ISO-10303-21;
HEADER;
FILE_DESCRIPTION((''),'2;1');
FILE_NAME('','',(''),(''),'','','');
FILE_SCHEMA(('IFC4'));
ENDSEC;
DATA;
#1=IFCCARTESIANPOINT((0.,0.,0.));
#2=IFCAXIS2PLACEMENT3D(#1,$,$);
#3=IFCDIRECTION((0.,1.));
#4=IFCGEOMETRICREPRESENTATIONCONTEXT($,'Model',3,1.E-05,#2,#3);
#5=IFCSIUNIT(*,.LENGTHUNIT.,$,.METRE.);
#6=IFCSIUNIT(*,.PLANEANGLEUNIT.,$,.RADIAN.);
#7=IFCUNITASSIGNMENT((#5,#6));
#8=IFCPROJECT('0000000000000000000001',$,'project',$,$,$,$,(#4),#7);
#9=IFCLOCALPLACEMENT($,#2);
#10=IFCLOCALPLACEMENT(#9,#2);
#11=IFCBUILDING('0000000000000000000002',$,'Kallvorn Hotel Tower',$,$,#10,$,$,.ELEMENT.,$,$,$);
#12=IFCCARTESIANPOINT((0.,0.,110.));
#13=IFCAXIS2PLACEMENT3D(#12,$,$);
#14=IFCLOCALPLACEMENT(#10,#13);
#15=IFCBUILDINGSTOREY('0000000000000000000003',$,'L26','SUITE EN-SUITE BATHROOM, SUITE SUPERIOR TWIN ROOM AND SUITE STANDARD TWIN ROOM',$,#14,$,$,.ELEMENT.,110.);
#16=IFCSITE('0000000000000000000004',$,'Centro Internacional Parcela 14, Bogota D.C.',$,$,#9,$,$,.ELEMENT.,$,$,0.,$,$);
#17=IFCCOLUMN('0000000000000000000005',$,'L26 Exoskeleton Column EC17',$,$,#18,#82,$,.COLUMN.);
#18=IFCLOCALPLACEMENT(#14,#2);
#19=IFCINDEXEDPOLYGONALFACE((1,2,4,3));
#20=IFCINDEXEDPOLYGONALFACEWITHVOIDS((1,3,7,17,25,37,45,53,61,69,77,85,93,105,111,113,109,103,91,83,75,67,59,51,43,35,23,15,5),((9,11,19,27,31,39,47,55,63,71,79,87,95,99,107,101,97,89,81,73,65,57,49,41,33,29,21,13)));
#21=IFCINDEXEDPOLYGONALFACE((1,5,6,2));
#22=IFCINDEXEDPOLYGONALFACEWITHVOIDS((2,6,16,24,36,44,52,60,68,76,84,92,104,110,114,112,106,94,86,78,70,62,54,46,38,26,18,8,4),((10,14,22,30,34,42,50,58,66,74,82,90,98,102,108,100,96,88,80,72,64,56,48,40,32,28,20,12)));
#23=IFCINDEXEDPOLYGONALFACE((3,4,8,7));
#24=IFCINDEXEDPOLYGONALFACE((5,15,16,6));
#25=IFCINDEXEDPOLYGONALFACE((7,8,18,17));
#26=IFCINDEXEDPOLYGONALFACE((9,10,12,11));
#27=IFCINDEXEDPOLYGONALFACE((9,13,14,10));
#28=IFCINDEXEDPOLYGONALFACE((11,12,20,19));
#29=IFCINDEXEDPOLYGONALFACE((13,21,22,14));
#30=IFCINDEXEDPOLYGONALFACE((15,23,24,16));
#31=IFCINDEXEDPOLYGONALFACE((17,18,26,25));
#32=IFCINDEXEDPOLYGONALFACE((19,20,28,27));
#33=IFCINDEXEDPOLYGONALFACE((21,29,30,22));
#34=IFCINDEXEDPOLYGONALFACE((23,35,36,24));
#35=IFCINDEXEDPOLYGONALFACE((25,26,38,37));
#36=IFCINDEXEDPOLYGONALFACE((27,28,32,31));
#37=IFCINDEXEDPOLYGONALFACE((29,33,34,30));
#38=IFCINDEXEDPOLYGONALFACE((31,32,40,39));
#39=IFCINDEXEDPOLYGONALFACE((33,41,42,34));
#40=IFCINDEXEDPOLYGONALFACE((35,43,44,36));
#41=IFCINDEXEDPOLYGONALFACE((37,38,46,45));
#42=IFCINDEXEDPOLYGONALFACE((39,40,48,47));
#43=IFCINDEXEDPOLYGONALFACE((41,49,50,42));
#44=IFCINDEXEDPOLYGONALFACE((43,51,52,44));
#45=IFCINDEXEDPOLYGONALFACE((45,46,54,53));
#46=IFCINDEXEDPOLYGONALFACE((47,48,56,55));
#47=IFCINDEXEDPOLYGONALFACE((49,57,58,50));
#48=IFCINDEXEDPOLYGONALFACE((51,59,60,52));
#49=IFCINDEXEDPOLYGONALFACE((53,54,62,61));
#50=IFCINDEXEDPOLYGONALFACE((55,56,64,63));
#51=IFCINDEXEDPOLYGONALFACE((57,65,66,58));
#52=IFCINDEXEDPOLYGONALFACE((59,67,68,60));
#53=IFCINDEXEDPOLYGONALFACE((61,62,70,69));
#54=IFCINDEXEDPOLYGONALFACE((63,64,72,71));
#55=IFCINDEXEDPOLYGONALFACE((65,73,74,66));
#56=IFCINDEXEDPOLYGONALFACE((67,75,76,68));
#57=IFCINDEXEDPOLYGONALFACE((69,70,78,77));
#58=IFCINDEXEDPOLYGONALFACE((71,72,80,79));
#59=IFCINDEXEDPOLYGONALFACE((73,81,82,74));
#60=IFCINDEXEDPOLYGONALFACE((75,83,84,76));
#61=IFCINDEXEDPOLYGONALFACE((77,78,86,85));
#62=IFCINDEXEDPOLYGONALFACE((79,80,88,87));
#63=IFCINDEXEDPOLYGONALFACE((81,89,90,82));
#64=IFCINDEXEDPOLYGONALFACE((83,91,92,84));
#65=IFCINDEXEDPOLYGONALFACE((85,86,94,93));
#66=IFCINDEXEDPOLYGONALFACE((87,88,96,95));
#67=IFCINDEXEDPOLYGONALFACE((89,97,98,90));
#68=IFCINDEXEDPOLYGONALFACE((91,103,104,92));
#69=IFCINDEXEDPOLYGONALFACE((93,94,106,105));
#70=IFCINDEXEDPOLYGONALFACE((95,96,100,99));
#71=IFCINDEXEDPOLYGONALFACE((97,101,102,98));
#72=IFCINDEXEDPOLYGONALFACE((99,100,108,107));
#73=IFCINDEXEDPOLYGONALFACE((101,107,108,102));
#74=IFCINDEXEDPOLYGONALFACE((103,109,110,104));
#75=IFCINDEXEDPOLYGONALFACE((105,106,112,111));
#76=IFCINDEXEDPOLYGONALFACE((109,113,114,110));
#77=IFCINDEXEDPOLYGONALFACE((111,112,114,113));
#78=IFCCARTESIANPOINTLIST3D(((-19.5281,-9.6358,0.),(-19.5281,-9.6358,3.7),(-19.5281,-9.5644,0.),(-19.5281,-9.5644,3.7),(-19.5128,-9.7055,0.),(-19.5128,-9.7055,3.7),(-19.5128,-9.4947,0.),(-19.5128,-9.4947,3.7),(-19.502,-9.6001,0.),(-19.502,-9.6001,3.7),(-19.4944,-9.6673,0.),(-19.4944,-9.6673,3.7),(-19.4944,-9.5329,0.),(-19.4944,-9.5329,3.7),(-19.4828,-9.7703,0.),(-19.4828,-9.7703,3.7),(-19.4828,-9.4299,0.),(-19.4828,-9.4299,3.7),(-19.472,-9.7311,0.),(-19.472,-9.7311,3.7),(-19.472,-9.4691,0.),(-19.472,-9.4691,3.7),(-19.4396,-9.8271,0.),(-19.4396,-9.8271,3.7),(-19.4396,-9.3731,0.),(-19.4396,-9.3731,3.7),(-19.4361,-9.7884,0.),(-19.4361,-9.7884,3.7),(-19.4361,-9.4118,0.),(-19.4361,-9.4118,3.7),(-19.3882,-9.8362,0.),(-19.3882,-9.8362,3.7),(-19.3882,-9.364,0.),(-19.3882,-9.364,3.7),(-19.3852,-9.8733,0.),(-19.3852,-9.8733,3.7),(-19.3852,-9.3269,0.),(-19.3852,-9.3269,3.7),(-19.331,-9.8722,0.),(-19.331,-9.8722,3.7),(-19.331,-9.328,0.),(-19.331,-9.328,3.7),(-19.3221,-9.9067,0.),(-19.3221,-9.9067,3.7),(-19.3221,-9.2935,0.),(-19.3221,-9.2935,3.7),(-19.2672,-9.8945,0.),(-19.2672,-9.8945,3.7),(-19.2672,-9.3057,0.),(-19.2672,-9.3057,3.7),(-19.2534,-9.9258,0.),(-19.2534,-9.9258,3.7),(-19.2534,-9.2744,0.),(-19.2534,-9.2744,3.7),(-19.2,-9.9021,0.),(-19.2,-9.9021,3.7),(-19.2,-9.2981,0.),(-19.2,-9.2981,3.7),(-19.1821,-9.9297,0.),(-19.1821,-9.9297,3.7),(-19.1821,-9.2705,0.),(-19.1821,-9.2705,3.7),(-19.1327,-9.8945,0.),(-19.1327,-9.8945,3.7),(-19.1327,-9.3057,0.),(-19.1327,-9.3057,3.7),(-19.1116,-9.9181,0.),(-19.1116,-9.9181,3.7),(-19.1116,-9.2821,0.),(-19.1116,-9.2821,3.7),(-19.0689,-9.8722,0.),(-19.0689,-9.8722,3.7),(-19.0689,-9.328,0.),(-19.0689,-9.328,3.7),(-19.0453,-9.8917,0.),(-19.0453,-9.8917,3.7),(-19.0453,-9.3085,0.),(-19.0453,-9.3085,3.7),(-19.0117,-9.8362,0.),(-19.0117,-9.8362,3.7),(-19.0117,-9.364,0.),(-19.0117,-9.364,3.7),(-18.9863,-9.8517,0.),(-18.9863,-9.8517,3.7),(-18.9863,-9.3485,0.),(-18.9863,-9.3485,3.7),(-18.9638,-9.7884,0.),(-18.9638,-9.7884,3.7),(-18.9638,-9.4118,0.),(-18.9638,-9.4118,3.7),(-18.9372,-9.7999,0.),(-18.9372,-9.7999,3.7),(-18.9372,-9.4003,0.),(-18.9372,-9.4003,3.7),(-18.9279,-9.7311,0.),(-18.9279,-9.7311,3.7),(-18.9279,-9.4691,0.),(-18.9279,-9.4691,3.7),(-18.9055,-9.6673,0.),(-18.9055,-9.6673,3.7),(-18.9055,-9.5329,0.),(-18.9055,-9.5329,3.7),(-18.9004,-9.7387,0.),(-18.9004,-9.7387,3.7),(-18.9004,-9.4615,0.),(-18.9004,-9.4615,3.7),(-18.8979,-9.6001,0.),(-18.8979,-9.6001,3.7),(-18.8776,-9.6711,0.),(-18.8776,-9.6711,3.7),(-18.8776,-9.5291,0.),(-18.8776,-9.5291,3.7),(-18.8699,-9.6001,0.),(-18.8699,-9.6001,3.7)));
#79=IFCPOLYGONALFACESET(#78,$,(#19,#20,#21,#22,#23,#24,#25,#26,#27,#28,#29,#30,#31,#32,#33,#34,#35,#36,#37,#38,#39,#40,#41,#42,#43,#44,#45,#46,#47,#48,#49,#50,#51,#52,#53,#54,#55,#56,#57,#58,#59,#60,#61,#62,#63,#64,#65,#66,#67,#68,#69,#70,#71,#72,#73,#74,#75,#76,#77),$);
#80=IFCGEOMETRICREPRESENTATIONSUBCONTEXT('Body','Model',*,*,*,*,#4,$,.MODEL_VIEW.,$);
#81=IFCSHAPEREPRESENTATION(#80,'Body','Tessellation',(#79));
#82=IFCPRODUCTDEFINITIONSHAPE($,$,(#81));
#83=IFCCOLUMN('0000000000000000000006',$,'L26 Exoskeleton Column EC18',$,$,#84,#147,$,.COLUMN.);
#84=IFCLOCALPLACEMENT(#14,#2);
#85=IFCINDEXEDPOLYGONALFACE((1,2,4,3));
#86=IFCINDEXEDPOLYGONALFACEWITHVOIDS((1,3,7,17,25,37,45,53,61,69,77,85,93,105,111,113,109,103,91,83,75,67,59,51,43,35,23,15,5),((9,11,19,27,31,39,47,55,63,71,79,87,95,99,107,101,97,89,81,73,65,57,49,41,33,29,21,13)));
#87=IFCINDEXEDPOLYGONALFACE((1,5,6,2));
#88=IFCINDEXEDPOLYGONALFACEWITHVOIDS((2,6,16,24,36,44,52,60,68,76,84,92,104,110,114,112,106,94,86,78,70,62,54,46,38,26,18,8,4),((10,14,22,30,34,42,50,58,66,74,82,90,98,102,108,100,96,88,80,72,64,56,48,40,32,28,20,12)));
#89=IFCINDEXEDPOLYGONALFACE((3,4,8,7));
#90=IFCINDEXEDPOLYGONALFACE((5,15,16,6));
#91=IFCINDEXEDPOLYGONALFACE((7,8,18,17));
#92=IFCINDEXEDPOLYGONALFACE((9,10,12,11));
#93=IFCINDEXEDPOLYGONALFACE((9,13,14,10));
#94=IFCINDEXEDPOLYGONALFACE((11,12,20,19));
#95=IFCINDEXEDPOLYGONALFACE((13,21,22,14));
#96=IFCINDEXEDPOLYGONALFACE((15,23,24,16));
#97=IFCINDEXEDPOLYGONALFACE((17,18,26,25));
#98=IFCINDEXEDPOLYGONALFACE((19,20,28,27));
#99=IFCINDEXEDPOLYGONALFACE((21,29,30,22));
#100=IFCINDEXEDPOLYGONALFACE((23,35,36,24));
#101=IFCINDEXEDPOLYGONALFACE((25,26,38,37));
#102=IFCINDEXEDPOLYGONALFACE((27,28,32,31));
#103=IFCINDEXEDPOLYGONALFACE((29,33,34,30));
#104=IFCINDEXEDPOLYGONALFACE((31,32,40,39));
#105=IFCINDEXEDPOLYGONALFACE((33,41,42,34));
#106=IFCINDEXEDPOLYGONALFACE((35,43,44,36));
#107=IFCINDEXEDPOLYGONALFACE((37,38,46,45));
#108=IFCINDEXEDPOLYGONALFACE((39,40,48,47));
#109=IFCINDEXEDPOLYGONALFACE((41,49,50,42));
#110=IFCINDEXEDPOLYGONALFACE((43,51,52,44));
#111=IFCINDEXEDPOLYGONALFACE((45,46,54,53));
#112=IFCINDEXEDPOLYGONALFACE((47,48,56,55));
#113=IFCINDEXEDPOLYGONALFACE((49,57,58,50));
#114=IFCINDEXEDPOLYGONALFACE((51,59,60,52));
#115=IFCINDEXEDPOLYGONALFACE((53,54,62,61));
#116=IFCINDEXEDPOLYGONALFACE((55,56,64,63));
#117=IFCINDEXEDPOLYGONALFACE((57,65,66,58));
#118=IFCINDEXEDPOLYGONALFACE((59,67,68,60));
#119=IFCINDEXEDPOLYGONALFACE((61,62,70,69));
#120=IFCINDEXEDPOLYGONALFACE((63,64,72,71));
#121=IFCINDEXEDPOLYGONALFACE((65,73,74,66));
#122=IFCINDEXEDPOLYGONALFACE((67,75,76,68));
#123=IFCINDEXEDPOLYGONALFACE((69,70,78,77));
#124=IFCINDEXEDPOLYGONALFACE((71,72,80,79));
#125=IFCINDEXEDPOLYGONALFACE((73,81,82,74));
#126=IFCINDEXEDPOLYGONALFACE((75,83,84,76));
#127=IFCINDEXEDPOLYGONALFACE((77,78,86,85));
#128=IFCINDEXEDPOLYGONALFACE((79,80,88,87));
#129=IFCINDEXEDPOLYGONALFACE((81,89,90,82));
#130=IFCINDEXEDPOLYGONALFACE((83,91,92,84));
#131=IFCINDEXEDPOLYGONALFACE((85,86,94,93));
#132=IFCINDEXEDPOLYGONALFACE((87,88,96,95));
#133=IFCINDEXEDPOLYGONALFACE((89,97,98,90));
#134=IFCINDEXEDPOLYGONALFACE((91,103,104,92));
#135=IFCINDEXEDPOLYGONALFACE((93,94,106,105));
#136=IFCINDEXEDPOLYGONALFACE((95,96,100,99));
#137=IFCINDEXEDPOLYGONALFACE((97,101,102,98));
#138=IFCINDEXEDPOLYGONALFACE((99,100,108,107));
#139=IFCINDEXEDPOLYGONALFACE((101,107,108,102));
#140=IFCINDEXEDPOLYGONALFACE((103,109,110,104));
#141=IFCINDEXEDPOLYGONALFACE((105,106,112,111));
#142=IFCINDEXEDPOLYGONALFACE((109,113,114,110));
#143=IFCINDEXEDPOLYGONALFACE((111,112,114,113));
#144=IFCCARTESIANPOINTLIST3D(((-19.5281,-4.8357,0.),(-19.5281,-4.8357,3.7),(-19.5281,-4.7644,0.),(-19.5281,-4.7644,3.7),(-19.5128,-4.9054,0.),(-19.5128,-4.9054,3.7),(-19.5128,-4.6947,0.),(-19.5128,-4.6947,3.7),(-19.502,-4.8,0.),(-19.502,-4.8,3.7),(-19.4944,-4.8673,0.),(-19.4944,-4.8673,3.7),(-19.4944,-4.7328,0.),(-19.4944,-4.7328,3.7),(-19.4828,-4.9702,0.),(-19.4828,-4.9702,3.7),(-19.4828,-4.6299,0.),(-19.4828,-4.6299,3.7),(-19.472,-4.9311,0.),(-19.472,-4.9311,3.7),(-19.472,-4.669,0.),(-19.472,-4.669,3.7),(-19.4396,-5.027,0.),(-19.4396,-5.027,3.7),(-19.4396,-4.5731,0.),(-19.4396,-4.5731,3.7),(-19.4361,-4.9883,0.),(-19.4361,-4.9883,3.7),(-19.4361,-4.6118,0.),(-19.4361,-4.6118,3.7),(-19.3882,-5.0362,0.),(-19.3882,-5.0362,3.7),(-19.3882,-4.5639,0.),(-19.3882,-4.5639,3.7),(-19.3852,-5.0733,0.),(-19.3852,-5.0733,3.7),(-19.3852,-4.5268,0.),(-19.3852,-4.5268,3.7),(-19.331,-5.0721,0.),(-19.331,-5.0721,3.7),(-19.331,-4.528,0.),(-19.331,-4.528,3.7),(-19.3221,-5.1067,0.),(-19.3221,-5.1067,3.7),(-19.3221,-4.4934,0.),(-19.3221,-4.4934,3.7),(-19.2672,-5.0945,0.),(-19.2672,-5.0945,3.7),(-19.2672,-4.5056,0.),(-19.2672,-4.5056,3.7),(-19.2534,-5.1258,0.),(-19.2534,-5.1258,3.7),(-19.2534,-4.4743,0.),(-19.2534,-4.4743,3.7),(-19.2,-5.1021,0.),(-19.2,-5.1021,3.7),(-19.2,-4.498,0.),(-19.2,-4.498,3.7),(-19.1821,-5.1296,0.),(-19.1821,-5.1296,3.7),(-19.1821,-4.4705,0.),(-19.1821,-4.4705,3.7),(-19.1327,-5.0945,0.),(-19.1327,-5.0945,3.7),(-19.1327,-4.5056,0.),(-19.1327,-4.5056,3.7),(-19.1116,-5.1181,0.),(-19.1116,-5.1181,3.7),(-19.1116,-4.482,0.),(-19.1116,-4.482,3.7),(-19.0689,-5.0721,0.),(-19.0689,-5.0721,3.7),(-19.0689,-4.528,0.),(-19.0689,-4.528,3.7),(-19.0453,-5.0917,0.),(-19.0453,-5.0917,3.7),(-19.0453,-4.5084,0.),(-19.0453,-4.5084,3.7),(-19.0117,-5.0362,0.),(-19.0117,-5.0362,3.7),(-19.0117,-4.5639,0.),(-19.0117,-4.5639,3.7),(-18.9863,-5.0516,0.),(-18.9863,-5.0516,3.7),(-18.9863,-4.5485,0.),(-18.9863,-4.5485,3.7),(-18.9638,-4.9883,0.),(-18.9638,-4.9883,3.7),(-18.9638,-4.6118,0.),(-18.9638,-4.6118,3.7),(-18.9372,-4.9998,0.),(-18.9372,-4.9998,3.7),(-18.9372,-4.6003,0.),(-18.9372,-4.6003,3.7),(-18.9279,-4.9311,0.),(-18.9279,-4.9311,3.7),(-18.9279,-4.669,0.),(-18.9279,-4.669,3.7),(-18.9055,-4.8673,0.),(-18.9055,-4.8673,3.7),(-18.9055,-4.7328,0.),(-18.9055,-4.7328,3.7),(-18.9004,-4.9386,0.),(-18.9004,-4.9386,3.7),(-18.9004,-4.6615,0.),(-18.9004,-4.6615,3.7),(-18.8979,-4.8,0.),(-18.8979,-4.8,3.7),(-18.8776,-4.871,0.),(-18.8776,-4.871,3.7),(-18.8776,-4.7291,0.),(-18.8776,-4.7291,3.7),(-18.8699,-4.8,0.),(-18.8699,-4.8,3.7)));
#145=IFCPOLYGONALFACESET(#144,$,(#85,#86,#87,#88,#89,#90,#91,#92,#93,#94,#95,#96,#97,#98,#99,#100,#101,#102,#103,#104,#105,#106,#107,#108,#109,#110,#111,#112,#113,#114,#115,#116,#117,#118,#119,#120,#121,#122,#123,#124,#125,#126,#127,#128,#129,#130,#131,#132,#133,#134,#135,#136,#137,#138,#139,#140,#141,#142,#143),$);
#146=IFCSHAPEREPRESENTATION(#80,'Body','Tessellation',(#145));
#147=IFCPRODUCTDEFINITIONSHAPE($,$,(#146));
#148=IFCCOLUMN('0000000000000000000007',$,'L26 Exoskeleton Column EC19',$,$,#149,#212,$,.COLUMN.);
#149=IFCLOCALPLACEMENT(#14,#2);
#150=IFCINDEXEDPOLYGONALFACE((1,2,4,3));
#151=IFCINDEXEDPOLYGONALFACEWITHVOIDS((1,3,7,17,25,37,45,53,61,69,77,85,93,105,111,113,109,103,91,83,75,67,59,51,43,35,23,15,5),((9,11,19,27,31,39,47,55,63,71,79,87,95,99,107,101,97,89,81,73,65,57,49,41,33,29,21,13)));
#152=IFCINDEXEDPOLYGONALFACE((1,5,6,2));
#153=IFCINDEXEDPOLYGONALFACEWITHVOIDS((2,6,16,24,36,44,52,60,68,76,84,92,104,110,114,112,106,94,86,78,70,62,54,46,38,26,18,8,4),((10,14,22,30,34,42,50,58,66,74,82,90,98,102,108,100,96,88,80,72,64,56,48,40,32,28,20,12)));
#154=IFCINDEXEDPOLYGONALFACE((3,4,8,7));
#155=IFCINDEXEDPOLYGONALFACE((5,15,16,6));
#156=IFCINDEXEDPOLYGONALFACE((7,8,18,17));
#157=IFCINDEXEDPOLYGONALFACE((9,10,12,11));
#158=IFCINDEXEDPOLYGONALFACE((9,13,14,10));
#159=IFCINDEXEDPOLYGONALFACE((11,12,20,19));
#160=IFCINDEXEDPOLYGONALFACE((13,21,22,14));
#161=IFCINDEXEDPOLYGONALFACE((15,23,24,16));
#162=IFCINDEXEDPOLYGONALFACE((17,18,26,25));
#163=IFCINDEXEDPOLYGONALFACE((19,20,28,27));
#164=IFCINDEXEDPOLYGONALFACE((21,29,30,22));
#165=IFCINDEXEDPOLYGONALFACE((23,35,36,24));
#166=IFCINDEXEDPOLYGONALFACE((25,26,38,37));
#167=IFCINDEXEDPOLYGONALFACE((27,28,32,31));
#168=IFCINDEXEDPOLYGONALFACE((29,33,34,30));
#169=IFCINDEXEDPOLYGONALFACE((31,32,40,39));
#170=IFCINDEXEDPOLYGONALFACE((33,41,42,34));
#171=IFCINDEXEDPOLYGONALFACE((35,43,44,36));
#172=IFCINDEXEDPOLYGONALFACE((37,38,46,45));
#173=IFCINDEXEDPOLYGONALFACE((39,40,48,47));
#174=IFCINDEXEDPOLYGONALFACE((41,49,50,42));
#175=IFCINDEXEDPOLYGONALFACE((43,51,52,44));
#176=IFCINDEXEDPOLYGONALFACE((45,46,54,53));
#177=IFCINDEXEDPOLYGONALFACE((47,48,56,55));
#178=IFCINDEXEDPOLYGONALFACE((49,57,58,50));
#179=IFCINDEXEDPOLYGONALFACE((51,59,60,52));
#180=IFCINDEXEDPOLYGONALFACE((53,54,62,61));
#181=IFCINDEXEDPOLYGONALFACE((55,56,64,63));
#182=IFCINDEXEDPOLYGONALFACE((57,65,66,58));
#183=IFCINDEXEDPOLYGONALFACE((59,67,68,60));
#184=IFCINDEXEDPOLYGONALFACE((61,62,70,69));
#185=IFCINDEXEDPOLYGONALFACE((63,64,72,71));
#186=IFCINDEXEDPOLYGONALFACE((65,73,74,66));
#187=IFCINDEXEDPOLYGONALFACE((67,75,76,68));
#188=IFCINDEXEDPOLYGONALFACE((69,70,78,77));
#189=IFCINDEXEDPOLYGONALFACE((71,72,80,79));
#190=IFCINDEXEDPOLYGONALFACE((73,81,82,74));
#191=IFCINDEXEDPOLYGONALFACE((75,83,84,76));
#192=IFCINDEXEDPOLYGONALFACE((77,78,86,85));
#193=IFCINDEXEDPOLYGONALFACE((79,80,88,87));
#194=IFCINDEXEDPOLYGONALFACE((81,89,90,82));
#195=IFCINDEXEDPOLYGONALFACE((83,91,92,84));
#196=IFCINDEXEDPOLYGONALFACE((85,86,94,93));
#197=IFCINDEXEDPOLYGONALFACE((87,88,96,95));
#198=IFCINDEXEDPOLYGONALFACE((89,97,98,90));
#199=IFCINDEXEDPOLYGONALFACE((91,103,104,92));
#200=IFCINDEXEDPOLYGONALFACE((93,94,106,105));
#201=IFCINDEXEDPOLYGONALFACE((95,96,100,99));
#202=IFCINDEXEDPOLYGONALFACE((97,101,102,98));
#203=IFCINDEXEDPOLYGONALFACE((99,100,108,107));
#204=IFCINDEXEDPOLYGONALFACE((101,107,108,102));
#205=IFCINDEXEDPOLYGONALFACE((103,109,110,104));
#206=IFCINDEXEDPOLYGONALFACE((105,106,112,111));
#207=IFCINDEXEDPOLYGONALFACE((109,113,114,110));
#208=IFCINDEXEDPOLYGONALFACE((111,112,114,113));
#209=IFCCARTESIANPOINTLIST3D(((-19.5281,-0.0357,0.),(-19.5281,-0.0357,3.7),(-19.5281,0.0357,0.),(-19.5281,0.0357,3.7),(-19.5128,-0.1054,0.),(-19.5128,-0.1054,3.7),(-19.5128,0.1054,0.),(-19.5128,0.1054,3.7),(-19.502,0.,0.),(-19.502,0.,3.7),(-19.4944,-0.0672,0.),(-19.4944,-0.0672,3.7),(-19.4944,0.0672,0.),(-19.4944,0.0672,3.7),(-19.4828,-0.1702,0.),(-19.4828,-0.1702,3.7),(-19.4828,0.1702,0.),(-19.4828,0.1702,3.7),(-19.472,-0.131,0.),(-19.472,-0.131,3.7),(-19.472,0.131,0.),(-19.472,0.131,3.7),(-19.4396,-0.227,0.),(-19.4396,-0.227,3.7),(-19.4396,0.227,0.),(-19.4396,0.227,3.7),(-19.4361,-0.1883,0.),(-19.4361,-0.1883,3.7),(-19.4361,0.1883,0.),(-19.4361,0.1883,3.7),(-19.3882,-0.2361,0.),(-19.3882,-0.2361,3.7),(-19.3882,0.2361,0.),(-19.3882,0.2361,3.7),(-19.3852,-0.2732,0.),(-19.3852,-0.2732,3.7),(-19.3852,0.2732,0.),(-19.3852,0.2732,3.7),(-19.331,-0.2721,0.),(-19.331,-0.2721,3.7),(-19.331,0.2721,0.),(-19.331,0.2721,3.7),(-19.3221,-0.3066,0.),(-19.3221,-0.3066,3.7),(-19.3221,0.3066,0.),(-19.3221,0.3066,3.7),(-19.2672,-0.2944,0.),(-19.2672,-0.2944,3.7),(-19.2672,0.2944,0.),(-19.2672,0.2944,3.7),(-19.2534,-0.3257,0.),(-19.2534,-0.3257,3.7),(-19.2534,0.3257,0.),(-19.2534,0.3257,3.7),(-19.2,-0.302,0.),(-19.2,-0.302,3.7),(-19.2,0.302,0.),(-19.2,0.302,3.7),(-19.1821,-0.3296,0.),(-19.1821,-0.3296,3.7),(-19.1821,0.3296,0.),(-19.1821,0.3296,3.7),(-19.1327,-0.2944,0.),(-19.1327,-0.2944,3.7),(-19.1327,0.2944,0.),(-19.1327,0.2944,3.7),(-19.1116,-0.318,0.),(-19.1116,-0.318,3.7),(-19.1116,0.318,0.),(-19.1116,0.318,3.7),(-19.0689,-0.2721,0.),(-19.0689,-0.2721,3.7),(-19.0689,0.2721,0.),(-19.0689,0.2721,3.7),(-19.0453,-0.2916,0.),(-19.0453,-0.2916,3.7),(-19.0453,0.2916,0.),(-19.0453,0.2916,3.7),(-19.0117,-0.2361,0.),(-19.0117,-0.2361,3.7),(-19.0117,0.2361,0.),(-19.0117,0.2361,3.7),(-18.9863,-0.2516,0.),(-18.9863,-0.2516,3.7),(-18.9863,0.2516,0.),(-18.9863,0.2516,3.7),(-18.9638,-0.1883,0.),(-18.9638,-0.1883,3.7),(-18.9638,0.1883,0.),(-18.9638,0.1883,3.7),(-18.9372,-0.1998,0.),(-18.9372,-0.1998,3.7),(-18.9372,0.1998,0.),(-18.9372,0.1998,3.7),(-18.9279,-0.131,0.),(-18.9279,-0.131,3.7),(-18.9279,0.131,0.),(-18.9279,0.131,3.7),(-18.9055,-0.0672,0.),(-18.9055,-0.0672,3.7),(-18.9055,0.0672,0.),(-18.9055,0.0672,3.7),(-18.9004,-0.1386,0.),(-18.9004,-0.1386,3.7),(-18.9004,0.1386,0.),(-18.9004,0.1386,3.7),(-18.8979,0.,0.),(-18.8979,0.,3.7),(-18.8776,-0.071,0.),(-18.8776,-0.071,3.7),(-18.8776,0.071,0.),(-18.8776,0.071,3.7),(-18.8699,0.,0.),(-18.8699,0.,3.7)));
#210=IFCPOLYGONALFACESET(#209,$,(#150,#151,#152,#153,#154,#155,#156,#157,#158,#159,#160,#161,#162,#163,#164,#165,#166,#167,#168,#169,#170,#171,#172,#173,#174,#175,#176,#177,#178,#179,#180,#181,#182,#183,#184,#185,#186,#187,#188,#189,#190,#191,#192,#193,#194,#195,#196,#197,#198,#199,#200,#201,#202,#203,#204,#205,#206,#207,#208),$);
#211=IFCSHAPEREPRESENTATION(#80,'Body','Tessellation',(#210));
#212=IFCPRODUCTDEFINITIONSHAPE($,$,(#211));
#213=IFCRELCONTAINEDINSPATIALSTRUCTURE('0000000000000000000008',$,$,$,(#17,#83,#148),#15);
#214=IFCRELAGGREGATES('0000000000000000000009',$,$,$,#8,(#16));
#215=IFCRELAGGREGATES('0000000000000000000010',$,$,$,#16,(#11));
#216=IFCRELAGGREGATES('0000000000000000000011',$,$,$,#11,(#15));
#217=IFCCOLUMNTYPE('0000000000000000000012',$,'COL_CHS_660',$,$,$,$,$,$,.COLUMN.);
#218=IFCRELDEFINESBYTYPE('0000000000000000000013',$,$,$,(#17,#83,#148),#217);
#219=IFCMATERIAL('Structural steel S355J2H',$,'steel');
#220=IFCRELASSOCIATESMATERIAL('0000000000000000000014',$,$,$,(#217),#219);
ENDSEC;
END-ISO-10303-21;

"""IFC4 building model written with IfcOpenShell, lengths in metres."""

from ifc_helpers import new_model, si_unit, direction, frame, origin, origin_2d, place, context, subcontext, project, spatial, hollow_circle, extrude, material, material_profile, profile_set, type_object, element, save


model = new_model("IFC4")

# Units and contexts
model_context = context("Model", 3, precision=1e-05, world=origin(), true_north=direction((0.0, 1.0)))
body_context = subcontext(model_context, "Body", "Model", "MODEL_VIEW")
ifc_project = project(units=[si_unit("LENGTHUNIT", "METRE"), si_unit("PLANEANGLEUNIT", "RADIAN")], contexts=[model_context])

# Site, building, storey
site_placement = place(None, origin())
site = spatial("IfcSite", under=ifc_project, at=site_placement, Name="Centro Internacional Parcela 14, Bogota D.C.", CompositionType="ELEMENT", RefElevation=0.0)
building_placement = place(site_placement, origin())
building = spatial("IfcBuilding", under=site, at=building_placement, Name="Kallvorn Hotel Tower", CompositionType="ELEMENT")
storey_placement = place(building_placement, frame((0.0, 0.0, 110.0)))
storey = spatial("IfcBuildingStorey", under=building, at=storey_placement, Name="L26", Description="SUITE EN-SUITE BATHROOM, SUITE SUPERIOR TWIN ROOM AND SUITE STANDARD TWIN ROOM", CompositionType="ELEMENT", Elevation=110.0)

# Columns
ifc_material_1 = material(Name="Structural steel S355J2H", Category="steel")
ifc_material_profile_1 = material_profile(ifc_material_1, hollow_circle(Radius=0.3301, WallThickness=0.0281, at=origin_2d()), Name="CHS 660x28")
ifc_profile_set_1 = profile_set([ifc_material_profile_1], Name="Structural steel S355J2H")
column_type_1 = type_object("IfcColumnType", Name="COL_CHS_660", PredefinedType="COLUMN", material=ifc_profile_set_1)
for number, where, z_axis, x_axis, name in (
    (1, (-19.2, -9.6001, 0.0), (0.0, 0.0, 1.0), (1.0, 0.0, 0.0), "L26 Exoskeleton Column EC17"),
    (2, (-19.2, -4.8, 0.0), (0.0, 0.0, 1.0), (1.0, 0.0, 0.0), "L26 Exoskeleton Column EC18"),
    (3, (-19.2, 0.0, 0.0), (0.0, 0.0, 1.0), (1.0, 0.0, 0.0), "L26 Exoskeleton Column EC19"),
):
    element("IfcColumn", number, at=place(storey_placement, frame(where, z_axis=z_axis, x_axis=x_axis)), inside=storey, type_object=column_type_1, Name=name, PredefinedType="COLUMN", context=body_context, shape_type="SweptSolid", body=[
        extrude(hollow_circle(Radius=0.3301, WallThickness=0.0281, at=origin_2d()), origin(), (0.0, 0.0, 1.0), 3.7),
    ])

save(model, "model.ifc")
